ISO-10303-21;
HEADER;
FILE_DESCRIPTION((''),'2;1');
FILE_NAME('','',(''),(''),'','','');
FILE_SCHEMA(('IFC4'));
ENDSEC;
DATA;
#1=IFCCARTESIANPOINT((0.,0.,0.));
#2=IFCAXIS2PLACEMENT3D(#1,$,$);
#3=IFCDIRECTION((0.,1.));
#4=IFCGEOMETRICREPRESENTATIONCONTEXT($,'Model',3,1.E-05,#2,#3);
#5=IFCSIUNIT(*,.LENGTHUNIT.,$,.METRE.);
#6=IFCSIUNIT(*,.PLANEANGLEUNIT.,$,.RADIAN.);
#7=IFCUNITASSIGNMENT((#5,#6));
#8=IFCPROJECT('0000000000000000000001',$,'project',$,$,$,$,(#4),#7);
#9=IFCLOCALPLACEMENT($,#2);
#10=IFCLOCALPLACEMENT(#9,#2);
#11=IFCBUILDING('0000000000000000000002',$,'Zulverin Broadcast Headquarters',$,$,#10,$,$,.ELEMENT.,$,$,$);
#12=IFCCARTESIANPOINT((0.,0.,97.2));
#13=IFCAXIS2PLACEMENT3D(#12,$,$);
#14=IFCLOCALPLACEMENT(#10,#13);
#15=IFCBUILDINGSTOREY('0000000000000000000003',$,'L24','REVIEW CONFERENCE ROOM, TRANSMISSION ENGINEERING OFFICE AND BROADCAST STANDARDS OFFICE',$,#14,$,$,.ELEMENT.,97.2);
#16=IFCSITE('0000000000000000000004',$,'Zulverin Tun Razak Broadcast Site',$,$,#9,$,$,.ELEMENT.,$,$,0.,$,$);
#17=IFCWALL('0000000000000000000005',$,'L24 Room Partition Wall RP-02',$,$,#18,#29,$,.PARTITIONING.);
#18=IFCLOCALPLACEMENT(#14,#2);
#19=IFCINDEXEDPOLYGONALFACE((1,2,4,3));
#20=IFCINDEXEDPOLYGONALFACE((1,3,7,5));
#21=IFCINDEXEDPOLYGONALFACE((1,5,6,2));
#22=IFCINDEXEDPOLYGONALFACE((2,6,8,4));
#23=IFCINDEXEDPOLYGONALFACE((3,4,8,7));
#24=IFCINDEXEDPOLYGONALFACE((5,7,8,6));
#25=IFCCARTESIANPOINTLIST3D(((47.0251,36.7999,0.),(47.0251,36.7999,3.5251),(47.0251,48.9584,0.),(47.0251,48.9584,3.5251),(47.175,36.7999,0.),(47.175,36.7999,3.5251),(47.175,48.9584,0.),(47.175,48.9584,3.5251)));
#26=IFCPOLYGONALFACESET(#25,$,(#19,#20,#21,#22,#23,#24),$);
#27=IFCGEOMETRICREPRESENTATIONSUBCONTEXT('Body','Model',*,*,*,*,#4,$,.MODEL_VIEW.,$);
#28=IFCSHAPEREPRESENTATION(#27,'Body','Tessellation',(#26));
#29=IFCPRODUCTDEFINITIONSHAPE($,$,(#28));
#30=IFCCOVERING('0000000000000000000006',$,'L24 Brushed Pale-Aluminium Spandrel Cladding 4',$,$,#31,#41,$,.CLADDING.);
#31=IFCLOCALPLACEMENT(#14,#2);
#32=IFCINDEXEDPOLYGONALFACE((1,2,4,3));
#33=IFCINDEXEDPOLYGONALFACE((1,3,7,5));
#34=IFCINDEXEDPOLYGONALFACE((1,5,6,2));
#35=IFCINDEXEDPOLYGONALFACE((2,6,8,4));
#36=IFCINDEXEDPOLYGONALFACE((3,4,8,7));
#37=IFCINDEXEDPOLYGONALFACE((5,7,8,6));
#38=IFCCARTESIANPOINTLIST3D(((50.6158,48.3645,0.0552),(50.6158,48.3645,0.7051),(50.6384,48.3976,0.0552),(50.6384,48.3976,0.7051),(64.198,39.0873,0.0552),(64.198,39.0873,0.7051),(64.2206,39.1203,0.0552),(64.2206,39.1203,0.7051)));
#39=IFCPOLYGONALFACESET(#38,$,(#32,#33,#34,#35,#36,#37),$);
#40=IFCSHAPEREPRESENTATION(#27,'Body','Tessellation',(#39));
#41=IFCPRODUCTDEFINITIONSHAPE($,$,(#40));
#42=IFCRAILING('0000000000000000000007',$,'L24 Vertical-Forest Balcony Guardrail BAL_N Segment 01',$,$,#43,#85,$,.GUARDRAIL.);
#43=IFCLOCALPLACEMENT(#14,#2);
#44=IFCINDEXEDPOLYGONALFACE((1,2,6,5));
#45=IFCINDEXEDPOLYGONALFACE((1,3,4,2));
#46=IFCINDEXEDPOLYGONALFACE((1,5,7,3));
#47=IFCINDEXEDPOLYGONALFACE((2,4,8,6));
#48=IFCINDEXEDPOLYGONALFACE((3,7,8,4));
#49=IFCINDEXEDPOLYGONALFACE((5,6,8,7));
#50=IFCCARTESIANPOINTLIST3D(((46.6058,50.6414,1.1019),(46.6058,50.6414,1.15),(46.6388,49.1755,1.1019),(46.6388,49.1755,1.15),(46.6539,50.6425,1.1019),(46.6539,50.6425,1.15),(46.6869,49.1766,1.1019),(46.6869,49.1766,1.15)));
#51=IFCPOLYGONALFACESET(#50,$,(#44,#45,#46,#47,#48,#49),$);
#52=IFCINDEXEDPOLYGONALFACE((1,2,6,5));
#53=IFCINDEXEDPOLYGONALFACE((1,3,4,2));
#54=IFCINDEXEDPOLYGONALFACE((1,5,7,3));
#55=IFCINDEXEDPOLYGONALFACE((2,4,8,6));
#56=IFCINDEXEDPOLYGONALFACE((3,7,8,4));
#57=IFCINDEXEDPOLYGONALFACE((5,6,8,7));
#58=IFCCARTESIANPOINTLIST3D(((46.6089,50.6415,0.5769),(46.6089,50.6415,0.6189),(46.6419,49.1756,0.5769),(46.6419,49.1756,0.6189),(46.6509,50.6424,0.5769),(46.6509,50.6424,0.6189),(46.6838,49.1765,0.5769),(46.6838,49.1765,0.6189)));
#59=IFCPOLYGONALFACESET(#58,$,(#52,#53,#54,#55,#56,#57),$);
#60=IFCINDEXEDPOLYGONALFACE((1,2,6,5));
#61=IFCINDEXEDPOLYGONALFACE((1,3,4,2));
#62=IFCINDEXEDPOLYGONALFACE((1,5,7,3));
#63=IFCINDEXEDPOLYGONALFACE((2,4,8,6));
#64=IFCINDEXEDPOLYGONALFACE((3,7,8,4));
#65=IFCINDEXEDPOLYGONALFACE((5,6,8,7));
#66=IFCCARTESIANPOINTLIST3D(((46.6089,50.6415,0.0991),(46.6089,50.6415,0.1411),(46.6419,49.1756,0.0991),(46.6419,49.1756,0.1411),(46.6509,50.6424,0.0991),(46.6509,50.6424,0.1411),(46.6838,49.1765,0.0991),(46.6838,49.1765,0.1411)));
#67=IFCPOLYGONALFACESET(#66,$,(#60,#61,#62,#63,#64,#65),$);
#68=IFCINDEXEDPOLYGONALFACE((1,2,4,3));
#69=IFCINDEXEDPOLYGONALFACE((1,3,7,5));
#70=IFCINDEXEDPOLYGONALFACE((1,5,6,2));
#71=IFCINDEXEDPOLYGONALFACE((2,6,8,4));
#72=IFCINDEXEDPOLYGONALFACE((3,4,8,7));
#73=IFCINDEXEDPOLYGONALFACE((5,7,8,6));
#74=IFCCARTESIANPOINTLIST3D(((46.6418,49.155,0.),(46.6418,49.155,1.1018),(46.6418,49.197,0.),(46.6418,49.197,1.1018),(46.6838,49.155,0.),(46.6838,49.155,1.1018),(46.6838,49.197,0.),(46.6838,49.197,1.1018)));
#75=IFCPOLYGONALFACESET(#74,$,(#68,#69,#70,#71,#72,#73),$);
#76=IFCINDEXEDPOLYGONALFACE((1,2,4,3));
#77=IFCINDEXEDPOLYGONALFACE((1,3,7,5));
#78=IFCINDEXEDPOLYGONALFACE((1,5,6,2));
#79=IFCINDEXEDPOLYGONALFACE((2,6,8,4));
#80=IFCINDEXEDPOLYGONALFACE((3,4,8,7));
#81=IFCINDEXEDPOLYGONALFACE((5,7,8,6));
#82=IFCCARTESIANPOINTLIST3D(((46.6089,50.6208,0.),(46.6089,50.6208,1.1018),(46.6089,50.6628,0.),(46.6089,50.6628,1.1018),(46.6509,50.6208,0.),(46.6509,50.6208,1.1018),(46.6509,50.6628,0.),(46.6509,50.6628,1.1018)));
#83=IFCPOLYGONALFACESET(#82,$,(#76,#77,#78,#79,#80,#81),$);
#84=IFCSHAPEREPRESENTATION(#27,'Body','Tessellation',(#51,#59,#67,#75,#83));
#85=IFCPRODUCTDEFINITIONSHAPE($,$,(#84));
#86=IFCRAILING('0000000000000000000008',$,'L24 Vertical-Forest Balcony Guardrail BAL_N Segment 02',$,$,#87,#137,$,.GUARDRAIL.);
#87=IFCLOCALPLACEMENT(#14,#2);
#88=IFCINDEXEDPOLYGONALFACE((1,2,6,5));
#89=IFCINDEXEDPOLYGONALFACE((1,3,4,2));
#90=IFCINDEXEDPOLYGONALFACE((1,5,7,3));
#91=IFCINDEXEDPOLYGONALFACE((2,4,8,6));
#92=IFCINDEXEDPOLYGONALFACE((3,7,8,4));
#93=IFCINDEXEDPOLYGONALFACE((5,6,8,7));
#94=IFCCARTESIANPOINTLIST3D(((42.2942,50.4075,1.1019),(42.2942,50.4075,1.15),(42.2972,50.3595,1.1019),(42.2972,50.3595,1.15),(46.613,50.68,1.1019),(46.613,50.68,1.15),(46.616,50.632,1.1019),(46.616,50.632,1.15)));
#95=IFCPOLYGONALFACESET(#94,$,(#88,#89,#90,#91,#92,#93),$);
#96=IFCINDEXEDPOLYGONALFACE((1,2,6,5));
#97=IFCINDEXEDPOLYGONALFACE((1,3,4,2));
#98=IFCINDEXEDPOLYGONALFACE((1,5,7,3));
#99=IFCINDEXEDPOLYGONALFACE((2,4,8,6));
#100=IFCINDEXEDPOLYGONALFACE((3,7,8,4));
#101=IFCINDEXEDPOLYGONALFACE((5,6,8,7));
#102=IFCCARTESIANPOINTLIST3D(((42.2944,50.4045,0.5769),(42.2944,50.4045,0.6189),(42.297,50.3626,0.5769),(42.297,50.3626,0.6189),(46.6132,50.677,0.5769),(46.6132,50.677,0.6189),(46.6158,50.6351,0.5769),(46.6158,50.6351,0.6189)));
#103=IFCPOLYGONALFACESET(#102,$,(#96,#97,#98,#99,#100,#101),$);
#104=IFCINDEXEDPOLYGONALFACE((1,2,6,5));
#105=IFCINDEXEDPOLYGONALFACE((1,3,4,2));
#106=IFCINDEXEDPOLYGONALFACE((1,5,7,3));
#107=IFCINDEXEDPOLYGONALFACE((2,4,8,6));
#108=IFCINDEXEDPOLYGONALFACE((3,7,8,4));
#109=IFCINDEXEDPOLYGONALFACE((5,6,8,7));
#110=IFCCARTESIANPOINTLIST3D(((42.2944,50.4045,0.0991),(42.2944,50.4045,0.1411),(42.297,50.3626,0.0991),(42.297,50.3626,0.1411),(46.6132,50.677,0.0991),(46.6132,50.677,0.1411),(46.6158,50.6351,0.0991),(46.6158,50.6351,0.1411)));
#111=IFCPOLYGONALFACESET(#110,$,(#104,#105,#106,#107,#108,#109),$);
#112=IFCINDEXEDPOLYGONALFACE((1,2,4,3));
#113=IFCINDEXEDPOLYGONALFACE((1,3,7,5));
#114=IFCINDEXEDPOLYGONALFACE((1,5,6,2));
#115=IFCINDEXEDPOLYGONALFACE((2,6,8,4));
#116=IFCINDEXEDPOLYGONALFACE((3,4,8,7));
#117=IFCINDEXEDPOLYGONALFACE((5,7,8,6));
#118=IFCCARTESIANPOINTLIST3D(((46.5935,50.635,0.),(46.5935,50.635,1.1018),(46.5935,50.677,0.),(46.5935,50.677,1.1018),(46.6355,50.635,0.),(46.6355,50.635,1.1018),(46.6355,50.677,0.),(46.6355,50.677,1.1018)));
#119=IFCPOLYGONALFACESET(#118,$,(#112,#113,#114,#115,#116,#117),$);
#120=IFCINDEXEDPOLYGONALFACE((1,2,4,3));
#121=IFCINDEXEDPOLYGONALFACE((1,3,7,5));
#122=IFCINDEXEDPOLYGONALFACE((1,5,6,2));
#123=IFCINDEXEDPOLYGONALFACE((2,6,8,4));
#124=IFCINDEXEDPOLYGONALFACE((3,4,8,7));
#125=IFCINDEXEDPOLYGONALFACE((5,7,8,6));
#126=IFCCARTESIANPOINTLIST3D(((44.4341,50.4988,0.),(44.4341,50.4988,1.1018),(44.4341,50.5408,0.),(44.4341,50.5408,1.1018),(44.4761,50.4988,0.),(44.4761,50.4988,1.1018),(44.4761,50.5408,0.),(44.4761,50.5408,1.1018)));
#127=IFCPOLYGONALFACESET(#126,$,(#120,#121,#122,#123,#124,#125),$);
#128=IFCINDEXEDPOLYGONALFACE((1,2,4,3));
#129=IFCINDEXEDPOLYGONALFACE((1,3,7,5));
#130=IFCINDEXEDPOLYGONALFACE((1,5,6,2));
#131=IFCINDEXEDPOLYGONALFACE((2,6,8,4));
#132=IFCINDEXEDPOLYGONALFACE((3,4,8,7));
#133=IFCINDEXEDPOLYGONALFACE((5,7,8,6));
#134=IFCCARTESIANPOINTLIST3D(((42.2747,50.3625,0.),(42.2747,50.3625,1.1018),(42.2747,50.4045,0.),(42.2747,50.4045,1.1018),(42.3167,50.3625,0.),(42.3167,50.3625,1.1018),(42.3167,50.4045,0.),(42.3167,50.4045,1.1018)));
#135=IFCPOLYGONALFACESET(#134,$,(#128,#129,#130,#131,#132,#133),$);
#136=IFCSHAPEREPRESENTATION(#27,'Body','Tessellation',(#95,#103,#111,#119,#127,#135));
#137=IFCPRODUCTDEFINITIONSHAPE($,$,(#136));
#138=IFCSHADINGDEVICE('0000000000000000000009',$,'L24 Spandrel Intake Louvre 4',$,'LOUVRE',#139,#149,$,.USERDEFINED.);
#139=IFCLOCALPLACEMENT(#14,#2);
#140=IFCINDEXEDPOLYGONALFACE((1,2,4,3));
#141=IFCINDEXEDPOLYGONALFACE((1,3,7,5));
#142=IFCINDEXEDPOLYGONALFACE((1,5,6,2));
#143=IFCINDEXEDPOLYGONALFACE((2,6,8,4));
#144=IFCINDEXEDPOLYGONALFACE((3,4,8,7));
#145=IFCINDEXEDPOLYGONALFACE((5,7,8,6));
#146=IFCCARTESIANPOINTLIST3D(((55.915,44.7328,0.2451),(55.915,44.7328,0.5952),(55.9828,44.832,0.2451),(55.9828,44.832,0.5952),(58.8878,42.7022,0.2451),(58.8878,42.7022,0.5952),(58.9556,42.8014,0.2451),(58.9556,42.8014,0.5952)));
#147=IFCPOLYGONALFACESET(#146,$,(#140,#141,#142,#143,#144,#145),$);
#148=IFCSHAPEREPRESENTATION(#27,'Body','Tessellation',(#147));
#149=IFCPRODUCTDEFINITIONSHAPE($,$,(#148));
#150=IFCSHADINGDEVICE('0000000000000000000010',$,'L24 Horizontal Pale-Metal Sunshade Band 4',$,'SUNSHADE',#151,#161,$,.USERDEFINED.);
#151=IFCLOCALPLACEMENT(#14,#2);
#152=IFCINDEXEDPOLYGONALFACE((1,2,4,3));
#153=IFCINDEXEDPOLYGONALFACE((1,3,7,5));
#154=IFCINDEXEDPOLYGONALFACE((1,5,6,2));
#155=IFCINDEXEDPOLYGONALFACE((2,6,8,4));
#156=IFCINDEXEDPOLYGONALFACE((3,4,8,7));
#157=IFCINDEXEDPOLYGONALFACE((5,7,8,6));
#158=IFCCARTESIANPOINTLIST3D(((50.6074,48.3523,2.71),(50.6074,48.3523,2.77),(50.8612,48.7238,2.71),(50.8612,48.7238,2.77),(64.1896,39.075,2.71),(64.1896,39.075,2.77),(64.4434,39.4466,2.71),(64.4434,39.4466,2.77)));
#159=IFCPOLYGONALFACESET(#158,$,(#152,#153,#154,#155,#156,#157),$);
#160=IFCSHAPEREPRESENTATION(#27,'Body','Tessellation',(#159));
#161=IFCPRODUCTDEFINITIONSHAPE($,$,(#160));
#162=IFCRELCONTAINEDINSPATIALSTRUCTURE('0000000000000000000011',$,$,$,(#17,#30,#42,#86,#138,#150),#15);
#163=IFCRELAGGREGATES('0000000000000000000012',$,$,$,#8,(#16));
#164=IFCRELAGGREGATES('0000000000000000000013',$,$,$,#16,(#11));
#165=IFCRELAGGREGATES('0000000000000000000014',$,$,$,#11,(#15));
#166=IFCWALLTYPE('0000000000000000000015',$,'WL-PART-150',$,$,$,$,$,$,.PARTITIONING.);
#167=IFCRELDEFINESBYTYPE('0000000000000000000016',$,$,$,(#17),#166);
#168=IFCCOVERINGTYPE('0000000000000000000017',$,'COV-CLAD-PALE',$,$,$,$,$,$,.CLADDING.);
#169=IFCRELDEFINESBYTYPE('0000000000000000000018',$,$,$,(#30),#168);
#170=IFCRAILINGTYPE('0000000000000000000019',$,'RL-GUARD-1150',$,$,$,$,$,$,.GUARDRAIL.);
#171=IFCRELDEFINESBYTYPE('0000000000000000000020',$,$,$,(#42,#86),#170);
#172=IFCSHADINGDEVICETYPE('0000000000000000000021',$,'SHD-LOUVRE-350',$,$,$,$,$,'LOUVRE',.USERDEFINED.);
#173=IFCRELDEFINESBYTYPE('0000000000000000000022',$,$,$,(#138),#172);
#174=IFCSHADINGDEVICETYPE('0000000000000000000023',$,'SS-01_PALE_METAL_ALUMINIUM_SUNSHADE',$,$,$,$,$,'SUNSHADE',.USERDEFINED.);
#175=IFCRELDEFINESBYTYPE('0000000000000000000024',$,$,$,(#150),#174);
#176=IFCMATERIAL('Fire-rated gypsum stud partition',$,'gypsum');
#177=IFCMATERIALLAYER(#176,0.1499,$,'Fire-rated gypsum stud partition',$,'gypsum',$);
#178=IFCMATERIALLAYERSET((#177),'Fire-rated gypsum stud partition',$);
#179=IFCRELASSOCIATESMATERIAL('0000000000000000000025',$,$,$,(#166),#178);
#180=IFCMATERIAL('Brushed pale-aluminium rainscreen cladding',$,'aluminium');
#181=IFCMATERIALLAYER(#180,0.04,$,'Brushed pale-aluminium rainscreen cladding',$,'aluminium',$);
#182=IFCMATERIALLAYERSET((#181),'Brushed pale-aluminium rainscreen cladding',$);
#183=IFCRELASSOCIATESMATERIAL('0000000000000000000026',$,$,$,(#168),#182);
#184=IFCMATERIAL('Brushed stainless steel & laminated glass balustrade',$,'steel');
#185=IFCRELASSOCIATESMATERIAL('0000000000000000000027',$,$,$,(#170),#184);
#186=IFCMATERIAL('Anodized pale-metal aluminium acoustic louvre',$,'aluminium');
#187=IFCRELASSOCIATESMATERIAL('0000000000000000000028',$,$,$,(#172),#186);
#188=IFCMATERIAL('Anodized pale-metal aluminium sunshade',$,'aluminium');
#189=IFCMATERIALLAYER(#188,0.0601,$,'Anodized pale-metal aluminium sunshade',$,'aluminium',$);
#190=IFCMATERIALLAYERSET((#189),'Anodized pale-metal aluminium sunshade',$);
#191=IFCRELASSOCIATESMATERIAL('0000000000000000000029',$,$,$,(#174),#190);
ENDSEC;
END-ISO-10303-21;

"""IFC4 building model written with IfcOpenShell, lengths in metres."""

from ifc_helpers import new_model, si_unit, direction, frame, frame_2d, origin, origin_2d, place, context, subcontext, project, spatial, rectangle, extrude, material, layer, layer_set, type_object, element, save


model = new_model("IFC4")

# Units and contexts
model_context = context("Model", 3, precision=1e-05, world=origin(), true_north=direction((0.0, 1.0)))
body_context = subcontext(model_context, "Body", "Model", "MODEL_VIEW")
ifc_project = project(units=[si_unit("LENGTHUNIT", "METRE"), si_unit("PLANEANGLEUNIT", "RADIAN")], contexts=[model_context])

# Site, building, storey
site_placement = place(None, origin())
site = spatial("IfcSite", under=ifc_project, at=site_placement, Name="Zulverin Tun Razak Broadcast Site", CompositionType="ELEMENT", RefElevation=0.0)
building_placement = place(site_placement, origin())
building = spatial("IfcBuilding", under=site, at=building_placement, Name="Zulverin Broadcast Headquarters", CompositionType="ELEMENT")
storey_placement = place(building_placement, frame((0.0, 0.0, 97.2)))
storey = spatial("IfcBuildingStorey", under=building, at=storey_placement, Name="L24", Description="REVIEW CONFERENCE ROOM, TRANSMISSION ENGINEERING OFFICE AND BROADCAST STANDARDS OFFICE", CompositionType="ELEMENT", Elevation=97.2)

# Wall
ifc_material_1 = material(Name="Fire-rated gypsum stud partition", Category="gypsum")
ifc_layer_1 = layer(ifc_material_1, 0.1499, Name="Fire-rated gypsum stud partition", Category="gypsum")
ifc_layer_set_1 = layer_set([ifc_layer_1], Name="Fire-rated gypsum stud partition")
wall_type_1 = type_object("IfcWallType", Name="WL-PART-150", PredefinedType="PARTITIONING", material=ifc_layer_set_1)
wall_1_placement = place(storey_placement, frame((47.1001, 36.8, 0.0), z_axis=(0.0, 0.0, 1.0), x_axis=(0.0, 1.0, 0.0)))
element("IfcWall", 1, at=wall_1_placement, inside=storey, type_object=wall_type_1, Name="L24 Room Partition Wall RP-02", PredefinedType="PARTITIONING", context=body_context, shape_type="SweptSolid", body=[
    extrude(rectangle(XDim=12.1584, YDim=0.1499, at=frame_2d((6.0791, 0.0))), origin(), (0.0, 0.0, 1.0), 3.5251),
])

# Covering
ifc_material_2 = material(Name="Brushed pale-aluminium rainscreen cladding", Category="aluminium")
ifc_layer_2 = layer(ifc_material_2, 0.04, Name="Brushed pale-aluminium rainscreen cladding", Category="aluminium")
ifc_layer_set_2 = layer_set([ifc_layer_2], Name="Brushed pale-aluminium rainscreen cladding")
covering_type = type_object("IfcCoveringType", Name="COV-CLAD-PALE", PredefinedType="CLADDING", material=ifc_layer_set_2)
covering_placement = place(storey_placement, frame((57.4182, 43.7424, 0.0552), z_axis=(0.0, 0.0, 1.0), x_axis=(-0.825757, 0.564026, 0.0)))
element("IfcCovering", 2, at=covering_placement, inside=storey, type_object=covering_type, Name="L24 Brushed Pale-Aluminium Spandrel Cladding 4", PredefinedType="CLADDING", context=body_context, shape_type="SweptSolid", body=[
    extrude(rectangle(XDim=16.4482, YDim=0.04, at=origin_2d()), origin(), (0.0, 0.0, 1.0), 0.6499),
])

# Railings
ifc_material_3 = material(Name="Brushed stainless steel & laminated glass balustrade", Category="steel")
railing_type = type_object("IfcRailingType", Name="RL-GUARD-1150", PredefinedType="GUARDRAIL", material=ifc_material_3)
railing_1_placement = place(storey_placement, frame((46.6628, 49.176, 0.0)))
element("IfcRailing", 3, at=railing_1_placement, inside=storey, type_object=railing_type, Name="L24 Vertical-Forest Balcony Guardrail BAL_N Segment 01", PredefinedType="GUARDRAIL", context=body_context, shape_type="SweptSolid", body=[
    extrude(rectangle(XDim=0.0481, YDim=0.0481, at=origin_2d()), frame((0.0, 0.0, 1.126), z_axis=(-0.022479, 0.999747, 0.0), x_axis=(-0.999747, -0.022479, 0.0)), (0.0, 0.0, 1.0), 1.4663),
    extrude(rectangle(XDim=0.042, YDim=0.042, at=origin_2d()), frame((0.0, 0.0, 0.5979), z_axis=(-0.022479, 0.999747, 0.0), x_axis=(-0.999747, -0.022479, 0.0)), (0.0, 0.0, 1.0), 1.4663),
    extrude(rectangle(XDim=0.042, YDim=0.042, at=origin_2d()), frame((0.0, 0.0, 0.1201), z_axis=(-0.022479, 0.999747, 0.0), x_axis=(-0.999747, -0.022479, 0.0)), (0.0, 0.0, 1.0), 1.4663),
    extrude(rectangle(XDim=0.042, YDim=0.042, at=origin_2d()), origin(), (0.0, 0.0, 1.0), 1.1018),
    extrude(rectangle(XDim=0.042, YDim=0.042, at=origin_2d()), frame((-0.033, 1.4658, 0.0)), (0.0, 0.0, 1.0), 1.1018),
])
railing_2_placement = place(storey_placement, frame((46.6145, 50.656, 0.0)))
element("IfcRailing", 4, at=railing_2_placement, inside=storey, type_object=railing_type, Name="L24 Vertical-Forest Balcony Guardrail BAL_N Segment 02", PredefinedType="GUARDRAIL", context=body_context, shape_type="SweptSolid", body=[
    extrude(rectangle(XDim=0.0481, YDim=0.0481, at=origin_2d()), frame((0.0, 0.0, 1.126), z_axis=(-0.998016, -0.062961, 0.0), x_axis=(0.062961, -0.998016, 0.0)), (0.0, 0.0, 1.0), 4.3274),
    extrude(rectangle(XDim=0.042, YDim=0.042, at=origin_2d()), frame((0.0, 0.0, 0.5979), z_axis=(-0.998016, -0.062961, 0.0), x_axis=(0.062961, -0.998016, 0.0)), (0.0, 0.0, 1.0), 4.3274),
    extrude(rectangle(XDim=0.042, YDim=0.042, at=origin_2d()), frame((0.0, 0.0, 0.1201), z_axis=(-0.998016, -0.062961, 0.0), x_axis=(0.062961, -0.998016, 0.0)), (0.0, 0.0, 1.0), 4.3274),
    extrude(rectangle(XDim=0.042, YDim=0.042, at=origin_2d()), origin(), (0.0, 0.0, 1.0), 1.1018),
    extrude(rectangle(XDim=0.042, YDim=0.042, at=origin_2d()), frame((-2.1594, -0.1362, 0.0)), (0.0, 0.0, 1.0), 1.1018),
    extrude(rectangle(XDim=0.042, YDim=0.042, at=origin_2d()), frame((-4.3188, -0.2725, 0.0)), (0.0, 0.0, 1.0), 1.1018),
])

# Shading devices
ifc_material_4 = material(Name="Anodized pale-metal aluminium acoustic louvre", Category="aluminium")
shading_device_type_1 = type_object("IfcShadingDeviceType", Name="SHD-LOUVRE-350", ElementType="LOUVRE", PredefinedType="USERDEFINED", material=ifc_material_4)
shading_device_1_placement = place(storey_placement, frame((57.4353, 43.7671, 0.2451), z_axis=(0.0, 0.0, 1.0), x_axis=(-0.825757, 0.564026, 0.0)))
element("IfcShadingDevice", 5, at=shading_device_1_placement, inside=storey, type_object=shading_device_type_1, Name="L24 Spandrel Intake Louvre 4", ObjectType="LOUVRE", PredefinedType="USERDEFINED", context=body_context, shape_type="SweptSolid", body=[
    extrude(rectangle(XDim=3.6001, YDim=0.1201, at=origin_2d()), origin(), (0.0, 0.0, 1.0), 0.3501),
])
ifc_material_5 = material(Name="Anodized pale-metal aluminium sunshade", Category="aluminium")
ifc_layer_3 = layer(ifc_material_5, 0.0601, Name="Anodized pale-metal aluminium sunshade", Category="aluminium")
ifc_layer_set_3 = layer_set([ifc_layer_3], Name="Anodized pale-metal aluminium sunshade")
shading_device_type_2 = type_object("IfcShadingDeviceType", Name="SS-01_PALE_METAL_ALUMINIUM_SUNSHADE", ElementType="SUNSHADE", PredefinedType="USERDEFINED", material=ifc_layer_set_3)
shading_device_2_placement = place(storey_placement, frame((57.5254, 43.8994, 2.71), z_axis=(0.0, 0.0, 1.0), x_axis=(-0.825757, 0.564026, 0.0)))
element("IfcShadingDevice", 6, at=shading_device_2_placement, inside=storey, type_object=shading_device_type_2, Name="L24 Horizontal Pale-Metal Sunshade Band 4", ObjectType="SUNSHADE", PredefinedType="USERDEFINED", context=body_context, shape_type="SweptSolid", body=[
    extrude(rectangle(XDim=16.4482, YDim=0.45, at=origin_2d()), origin(), (0.0, 0.0, 1.0), 0.0601),
])

save(model, "model.ifc")
